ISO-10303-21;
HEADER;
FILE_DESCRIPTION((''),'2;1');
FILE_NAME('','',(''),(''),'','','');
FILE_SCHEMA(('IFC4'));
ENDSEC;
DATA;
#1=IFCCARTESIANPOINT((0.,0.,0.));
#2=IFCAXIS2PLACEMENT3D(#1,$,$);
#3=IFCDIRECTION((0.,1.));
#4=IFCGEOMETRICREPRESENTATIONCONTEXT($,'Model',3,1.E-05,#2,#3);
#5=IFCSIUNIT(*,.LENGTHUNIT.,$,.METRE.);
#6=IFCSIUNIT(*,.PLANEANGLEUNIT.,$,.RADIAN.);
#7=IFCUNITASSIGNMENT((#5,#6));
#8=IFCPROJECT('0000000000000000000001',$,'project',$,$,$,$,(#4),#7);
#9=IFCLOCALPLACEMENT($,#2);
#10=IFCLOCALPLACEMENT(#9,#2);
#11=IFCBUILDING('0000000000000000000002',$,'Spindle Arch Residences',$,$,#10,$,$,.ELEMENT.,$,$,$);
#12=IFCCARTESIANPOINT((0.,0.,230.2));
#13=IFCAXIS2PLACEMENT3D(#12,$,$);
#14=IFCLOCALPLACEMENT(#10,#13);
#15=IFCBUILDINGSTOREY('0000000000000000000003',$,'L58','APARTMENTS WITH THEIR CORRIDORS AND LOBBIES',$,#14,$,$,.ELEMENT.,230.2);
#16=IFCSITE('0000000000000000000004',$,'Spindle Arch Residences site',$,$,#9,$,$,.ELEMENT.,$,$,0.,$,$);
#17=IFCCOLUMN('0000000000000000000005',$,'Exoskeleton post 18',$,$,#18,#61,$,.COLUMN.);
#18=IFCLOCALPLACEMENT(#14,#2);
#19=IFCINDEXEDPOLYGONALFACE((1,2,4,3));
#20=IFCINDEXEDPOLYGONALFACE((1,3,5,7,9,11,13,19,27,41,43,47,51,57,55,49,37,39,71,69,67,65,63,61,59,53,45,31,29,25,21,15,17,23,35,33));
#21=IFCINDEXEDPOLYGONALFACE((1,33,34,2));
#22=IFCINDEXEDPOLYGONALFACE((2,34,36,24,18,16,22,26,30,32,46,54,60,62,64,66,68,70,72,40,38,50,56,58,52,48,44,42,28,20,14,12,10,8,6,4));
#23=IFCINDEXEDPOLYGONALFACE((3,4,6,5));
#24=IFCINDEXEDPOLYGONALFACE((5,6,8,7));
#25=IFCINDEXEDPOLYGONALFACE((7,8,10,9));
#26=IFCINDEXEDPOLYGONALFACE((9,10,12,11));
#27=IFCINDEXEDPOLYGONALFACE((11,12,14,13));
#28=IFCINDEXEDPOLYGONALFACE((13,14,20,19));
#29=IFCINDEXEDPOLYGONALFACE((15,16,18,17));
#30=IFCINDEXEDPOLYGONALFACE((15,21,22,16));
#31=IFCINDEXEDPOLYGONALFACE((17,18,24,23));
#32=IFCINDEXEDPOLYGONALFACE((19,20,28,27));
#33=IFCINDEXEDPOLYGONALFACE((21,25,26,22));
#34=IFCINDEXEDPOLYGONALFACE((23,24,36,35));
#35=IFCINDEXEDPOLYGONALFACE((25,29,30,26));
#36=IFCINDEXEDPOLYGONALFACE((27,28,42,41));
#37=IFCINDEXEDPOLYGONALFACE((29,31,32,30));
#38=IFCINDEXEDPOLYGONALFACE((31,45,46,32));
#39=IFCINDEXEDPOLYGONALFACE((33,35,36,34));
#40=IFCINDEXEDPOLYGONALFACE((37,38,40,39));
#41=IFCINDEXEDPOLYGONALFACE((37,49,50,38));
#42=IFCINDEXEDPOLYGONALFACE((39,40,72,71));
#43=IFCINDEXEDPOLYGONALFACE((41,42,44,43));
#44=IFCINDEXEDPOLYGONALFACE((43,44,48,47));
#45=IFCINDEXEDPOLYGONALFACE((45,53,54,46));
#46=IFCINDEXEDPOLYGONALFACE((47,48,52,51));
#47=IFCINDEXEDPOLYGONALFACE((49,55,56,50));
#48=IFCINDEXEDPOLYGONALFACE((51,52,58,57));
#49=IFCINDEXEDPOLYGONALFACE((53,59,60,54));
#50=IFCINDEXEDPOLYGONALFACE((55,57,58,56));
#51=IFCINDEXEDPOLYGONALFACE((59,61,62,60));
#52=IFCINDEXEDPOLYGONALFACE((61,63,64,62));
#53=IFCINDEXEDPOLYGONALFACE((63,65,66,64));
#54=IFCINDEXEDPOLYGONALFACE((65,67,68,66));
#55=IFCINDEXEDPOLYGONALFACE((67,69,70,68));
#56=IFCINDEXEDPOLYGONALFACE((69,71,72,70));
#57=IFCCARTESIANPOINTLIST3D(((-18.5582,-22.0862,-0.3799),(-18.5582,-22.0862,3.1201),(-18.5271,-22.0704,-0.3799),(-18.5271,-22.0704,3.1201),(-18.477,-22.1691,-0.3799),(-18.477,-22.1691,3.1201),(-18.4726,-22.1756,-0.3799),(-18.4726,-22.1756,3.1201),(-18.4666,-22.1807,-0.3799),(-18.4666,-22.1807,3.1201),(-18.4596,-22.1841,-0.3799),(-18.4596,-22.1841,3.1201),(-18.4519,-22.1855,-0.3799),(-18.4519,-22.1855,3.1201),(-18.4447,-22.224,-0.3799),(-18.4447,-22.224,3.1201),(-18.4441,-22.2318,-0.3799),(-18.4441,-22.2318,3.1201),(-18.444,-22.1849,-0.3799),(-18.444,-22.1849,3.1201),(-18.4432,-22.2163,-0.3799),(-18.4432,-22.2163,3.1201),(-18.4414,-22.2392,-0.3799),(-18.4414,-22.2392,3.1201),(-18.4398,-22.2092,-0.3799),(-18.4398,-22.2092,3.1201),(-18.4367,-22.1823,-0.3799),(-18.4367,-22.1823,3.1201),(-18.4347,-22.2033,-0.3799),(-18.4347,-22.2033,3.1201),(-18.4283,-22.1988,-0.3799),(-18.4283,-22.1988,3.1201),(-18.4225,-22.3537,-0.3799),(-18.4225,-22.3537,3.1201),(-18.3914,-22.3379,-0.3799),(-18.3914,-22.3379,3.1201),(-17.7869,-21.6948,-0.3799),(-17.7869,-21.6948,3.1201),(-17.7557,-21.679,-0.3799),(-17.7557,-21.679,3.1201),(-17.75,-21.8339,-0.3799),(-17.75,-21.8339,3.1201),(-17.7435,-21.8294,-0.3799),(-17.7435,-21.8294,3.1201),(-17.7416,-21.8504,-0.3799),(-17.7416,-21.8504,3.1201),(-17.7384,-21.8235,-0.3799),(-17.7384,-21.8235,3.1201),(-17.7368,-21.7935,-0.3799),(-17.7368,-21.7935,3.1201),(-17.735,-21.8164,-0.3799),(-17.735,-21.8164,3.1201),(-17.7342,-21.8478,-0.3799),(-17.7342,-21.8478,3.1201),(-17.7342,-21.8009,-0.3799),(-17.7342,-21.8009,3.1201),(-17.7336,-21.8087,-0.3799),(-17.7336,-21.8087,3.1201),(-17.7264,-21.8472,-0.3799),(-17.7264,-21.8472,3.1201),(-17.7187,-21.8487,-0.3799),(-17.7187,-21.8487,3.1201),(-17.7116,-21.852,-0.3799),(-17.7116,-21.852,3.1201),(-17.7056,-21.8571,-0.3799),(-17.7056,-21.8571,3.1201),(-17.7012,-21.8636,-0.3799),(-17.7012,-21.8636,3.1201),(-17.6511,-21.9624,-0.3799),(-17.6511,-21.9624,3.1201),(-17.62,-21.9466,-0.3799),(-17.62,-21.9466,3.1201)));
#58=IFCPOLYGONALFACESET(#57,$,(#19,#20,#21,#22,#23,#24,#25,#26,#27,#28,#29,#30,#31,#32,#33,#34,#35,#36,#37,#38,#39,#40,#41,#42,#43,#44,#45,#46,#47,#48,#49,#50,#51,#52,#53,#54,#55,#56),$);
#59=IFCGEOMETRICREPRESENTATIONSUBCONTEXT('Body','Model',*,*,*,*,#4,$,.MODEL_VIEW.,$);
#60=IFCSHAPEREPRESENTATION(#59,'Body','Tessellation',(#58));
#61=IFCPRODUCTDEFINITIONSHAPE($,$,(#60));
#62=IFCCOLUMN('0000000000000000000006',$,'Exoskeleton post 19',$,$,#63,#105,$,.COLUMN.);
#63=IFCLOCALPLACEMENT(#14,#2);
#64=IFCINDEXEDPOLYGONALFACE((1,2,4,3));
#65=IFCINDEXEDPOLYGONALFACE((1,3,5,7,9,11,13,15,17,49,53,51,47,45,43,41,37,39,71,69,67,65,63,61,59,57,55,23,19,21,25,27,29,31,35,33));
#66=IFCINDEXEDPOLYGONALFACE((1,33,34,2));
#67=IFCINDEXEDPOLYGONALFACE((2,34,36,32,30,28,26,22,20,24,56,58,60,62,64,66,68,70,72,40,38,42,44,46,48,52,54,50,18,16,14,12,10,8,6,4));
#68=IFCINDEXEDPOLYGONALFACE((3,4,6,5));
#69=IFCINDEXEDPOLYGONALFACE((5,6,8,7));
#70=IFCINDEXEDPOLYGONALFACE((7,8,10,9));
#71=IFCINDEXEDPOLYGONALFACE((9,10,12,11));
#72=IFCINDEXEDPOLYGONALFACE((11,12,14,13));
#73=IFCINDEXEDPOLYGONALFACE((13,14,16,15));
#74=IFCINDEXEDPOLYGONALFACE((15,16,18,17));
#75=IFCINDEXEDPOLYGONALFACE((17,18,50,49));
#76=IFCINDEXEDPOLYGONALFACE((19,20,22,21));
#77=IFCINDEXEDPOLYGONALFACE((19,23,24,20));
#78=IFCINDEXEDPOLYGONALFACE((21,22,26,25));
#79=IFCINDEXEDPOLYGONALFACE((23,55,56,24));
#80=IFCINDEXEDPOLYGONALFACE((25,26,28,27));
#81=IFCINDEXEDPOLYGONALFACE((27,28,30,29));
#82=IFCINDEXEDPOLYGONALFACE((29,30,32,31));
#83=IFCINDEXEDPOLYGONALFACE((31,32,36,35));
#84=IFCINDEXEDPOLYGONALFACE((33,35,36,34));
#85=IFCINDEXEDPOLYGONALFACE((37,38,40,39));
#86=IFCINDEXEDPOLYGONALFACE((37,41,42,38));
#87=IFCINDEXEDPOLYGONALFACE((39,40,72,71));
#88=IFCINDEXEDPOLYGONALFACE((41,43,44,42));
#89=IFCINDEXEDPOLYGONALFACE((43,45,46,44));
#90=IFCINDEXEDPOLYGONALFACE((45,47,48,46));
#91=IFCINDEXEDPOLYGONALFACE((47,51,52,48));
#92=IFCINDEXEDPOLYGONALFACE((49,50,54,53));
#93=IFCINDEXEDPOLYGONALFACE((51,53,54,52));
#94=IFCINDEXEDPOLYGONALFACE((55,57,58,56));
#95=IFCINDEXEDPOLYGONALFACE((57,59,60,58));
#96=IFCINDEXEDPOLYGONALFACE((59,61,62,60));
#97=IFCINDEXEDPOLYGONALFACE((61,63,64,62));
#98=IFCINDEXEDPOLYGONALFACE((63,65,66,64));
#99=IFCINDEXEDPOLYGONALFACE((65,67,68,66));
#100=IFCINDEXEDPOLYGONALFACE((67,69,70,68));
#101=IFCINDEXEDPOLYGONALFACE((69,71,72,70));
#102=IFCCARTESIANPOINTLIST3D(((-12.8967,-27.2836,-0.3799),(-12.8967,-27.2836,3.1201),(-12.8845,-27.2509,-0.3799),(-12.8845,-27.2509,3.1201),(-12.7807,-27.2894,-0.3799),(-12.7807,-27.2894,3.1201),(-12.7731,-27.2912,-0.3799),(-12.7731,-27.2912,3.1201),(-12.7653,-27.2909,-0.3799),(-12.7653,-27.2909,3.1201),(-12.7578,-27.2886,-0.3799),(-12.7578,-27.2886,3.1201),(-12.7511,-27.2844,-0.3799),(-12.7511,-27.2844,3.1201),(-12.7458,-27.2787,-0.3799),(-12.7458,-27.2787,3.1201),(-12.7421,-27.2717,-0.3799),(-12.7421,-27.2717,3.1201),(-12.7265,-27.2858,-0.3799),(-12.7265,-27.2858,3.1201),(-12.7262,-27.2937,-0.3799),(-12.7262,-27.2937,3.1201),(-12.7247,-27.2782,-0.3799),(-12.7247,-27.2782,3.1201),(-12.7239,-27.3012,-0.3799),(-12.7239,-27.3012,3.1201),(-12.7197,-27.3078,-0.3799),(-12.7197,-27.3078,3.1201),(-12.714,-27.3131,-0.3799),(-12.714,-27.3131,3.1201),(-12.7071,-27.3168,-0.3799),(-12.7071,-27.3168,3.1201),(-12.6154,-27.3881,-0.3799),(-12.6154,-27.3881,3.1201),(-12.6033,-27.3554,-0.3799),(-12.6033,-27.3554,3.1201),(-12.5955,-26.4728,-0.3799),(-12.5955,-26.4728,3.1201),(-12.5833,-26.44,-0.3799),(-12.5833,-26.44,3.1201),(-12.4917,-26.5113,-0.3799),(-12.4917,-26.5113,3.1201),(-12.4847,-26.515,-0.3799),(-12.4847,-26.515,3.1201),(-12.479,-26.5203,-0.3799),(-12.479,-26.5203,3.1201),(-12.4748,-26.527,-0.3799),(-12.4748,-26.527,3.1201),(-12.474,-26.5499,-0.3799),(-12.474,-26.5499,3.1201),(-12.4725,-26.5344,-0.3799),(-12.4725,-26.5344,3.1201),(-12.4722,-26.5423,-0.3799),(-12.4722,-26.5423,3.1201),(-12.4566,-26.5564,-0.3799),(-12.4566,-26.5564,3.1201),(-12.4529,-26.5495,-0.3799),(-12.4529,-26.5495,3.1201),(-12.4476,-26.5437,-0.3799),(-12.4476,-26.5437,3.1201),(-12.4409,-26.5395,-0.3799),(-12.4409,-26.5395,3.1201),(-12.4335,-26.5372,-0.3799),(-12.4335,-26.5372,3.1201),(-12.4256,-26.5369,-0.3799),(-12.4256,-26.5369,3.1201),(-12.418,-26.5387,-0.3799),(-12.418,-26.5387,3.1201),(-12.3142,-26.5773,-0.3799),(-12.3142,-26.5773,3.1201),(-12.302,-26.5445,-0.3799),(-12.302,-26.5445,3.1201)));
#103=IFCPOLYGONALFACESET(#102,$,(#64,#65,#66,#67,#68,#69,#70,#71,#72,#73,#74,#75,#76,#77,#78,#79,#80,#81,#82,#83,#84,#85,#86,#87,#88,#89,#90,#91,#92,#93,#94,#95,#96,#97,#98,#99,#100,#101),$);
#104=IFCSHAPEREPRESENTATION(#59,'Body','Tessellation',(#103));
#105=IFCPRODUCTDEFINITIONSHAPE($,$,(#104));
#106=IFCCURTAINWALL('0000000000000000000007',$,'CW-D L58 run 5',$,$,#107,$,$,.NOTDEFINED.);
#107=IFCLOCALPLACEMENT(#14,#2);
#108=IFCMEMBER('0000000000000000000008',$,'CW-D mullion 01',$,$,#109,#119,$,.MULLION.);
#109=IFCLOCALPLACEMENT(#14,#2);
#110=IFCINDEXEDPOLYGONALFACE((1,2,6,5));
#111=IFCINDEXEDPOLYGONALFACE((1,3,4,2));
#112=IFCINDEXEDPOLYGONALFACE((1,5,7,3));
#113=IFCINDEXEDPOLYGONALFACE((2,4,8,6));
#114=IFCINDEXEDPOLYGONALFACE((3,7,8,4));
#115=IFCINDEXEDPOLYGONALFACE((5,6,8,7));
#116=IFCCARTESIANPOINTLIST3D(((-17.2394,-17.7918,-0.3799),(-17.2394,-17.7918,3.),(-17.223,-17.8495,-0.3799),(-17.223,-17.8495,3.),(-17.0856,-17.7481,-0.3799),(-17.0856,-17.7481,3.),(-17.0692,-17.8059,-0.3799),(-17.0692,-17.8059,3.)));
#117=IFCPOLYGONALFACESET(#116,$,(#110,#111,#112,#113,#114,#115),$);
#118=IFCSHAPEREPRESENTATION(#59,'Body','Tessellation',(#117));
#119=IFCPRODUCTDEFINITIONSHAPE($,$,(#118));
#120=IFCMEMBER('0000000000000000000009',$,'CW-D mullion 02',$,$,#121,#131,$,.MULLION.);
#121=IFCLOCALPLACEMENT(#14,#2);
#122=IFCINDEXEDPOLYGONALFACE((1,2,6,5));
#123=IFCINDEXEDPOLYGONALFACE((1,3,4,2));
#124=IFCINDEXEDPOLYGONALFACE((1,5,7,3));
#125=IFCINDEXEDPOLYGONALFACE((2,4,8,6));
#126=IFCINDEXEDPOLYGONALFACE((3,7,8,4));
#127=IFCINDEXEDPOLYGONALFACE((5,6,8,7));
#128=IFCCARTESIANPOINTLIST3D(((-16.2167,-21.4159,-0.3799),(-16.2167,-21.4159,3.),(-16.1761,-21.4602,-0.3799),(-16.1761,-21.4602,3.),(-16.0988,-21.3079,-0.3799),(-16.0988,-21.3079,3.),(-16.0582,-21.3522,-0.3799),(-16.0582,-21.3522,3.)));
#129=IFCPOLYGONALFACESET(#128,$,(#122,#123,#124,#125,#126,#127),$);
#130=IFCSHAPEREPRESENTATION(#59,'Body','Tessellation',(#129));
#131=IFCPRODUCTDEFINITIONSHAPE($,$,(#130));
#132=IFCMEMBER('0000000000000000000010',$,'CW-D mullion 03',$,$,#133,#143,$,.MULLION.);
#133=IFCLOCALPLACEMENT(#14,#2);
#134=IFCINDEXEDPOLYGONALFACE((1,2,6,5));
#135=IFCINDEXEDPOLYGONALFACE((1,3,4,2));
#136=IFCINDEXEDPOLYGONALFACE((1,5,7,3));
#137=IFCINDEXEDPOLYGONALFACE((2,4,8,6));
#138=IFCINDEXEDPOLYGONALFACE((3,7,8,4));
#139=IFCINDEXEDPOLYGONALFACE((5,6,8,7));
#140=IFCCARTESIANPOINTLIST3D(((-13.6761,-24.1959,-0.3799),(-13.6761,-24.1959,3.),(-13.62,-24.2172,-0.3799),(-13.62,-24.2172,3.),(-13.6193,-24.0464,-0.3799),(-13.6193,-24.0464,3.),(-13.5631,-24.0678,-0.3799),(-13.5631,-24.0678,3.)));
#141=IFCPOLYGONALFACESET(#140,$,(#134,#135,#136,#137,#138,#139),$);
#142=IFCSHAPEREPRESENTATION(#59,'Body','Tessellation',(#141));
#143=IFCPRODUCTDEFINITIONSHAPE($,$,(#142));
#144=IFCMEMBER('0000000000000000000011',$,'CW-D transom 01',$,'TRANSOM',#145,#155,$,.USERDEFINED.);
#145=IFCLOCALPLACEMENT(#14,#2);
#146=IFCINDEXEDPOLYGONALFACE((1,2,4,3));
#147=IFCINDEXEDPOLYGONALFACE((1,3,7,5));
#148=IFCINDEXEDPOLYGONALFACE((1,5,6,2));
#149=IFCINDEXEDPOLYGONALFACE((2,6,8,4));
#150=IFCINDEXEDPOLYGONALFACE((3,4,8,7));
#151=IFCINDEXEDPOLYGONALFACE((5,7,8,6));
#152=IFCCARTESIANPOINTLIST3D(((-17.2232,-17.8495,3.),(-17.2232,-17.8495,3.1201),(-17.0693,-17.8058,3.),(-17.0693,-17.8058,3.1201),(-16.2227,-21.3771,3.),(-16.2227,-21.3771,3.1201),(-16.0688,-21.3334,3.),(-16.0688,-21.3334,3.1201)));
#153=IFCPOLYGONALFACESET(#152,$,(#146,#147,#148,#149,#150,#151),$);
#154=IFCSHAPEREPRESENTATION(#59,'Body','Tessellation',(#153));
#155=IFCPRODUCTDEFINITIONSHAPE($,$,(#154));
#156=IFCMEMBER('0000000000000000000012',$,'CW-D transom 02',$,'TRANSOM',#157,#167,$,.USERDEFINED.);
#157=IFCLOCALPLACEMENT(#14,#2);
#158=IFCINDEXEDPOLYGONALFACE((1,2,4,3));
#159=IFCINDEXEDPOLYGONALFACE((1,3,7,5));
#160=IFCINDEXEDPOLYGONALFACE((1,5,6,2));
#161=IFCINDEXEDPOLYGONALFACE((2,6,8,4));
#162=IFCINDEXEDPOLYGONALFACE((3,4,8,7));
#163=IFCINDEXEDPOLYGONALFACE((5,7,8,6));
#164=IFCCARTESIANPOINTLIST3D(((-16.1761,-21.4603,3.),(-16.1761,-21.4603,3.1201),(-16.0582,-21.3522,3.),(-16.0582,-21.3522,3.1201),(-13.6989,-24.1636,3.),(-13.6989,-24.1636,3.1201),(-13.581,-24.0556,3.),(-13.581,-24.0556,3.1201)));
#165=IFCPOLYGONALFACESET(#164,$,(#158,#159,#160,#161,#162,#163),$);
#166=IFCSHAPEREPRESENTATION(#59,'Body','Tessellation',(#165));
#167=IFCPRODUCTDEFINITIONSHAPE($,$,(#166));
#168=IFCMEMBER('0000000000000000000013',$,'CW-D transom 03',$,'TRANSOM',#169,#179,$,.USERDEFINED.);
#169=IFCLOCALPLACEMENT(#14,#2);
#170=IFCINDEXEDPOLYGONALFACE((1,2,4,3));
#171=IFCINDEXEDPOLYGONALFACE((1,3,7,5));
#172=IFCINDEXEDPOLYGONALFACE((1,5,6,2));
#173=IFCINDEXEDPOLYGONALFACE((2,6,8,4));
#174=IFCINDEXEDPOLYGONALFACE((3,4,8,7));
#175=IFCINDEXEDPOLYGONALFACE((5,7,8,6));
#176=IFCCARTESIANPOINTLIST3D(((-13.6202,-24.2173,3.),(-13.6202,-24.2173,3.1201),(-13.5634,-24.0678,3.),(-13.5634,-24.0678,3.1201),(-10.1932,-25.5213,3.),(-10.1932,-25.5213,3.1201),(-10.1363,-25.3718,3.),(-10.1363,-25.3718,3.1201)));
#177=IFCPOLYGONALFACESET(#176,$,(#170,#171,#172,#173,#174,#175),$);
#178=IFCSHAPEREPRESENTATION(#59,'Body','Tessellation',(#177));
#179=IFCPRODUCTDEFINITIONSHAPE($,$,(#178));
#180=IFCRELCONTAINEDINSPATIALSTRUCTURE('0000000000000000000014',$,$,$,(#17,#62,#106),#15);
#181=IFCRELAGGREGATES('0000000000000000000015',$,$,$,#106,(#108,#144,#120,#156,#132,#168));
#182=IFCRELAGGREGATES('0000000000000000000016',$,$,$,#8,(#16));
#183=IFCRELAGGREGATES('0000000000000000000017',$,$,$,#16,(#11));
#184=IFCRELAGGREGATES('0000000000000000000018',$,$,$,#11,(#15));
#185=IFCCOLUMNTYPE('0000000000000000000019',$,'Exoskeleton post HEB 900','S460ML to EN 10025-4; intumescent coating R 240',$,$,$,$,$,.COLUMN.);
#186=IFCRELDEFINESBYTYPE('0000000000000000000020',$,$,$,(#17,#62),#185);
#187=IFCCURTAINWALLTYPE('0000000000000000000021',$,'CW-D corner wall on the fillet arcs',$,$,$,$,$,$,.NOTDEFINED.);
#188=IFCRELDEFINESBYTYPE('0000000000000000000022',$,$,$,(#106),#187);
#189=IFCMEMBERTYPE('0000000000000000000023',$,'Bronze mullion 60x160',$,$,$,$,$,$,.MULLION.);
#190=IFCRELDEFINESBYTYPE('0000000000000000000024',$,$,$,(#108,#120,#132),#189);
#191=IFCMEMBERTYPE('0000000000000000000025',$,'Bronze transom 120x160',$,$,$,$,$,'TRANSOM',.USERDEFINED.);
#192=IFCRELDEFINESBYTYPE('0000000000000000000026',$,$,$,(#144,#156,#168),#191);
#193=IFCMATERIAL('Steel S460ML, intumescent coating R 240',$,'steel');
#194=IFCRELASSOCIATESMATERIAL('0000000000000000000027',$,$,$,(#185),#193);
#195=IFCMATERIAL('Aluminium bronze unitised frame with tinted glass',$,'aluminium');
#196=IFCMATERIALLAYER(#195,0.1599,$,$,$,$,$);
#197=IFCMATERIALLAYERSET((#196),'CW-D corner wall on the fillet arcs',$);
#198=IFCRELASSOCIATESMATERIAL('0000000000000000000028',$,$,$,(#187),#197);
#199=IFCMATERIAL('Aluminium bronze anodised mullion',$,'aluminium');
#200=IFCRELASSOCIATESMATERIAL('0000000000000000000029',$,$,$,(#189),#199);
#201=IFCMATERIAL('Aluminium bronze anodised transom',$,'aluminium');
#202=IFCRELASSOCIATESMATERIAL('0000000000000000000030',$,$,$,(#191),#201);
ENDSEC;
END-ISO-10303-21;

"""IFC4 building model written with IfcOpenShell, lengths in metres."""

from ifc_helpers import new_model, si_unit, direction, frame, origin, origin_2d, place, context, subcontext, project, spatial, rectangle, i_section, extrude, material, layer, layer_set, material_profile, profile_set, type_object, element, aggregate, save


model = new_model("IFC4")

# Units and contexts
model_context = context("Model", 3, precision=1e-05, world=origin(), true_north=direction((0.0, 1.0)))
body_context = subcontext(model_context, "Body", "Model", "MODEL_VIEW")
ifc_project = project(units=[si_unit("LENGTHUNIT", "METRE"), si_unit("PLANEANGLEUNIT", "RADIAN")], contexts=[model_context])

# Site, building, storey
site_placement = place(None, origin())
site = spatial("IfcSite", under=ifc_project, at=site_placement, Name="Spindle Arch Residences site", CompositionType="ELEMENT", RefElevation=0.0)
building_placement = place(site_placement, origin())
building = spatial("IfcBuilding", under=site, at=building_placement, Name="Spindle Arch Residences", CompositionType="ELEMENT")
storey_placement = place(building_placement, frame((0.0, 0.0, 230.2)))
storey = spatial("IfcBuildingStorey", under=building, at=storey_placement, Name="L58", Description="APARTMENTS WITH THEIR CORRIDORS AND LOBBIES", CompositionType="ELEMENT", Elevation=230.2)

# Columns
ifc_material_1 = material(Name="Steel S460ML, intumescent coating R 240", Category="steel")
ifc_material_profile_1 = material_profile(ifc_material_1, i_section(OverallWidth=0.3, OverallDepth=0.8999, WebThickness=0.0186, FlangeThickness=0.0349, FilletRadius=0.03, at=origin_2d()), Name="HEB 900")
ifc_profile_set_1 = profile_set([ifc_material_profile_1], Name="Steel S460ML, intumescent coating R 240")
column_type = type_object("IfcColumnType", Name="Exoskeleton post HEB 900", Description="S460ML to EN 10025-4; intumescent coating R 240", PredefinedType="COLUMN", material=ifc_profile_set_1)
for number, where, z_axis, x_axis, name in (
    (1, (-18.0891, -22.0164, -0.3799), (0.0, 0.0, 1.0), (-0.452474, 0.891778, 0.0), "Exoskeleton post 18"),
    (2, (-12.5994, -26.9141, -0.3799), (0.0, 0.0, 1.0), (-0.937401, 0.348253, 0.0), "Exoskeleton post 19"),
):
    element("IfcColumn", number, at=place(storey_placement, frame(where, z_axis=z_axis, x_axis=x_axis)), inside=storey, type_object=column_type, Name=name, PredefinedType="COLUMN", context=body_context, shape_type="SweptSolid", body=[
        extrude(i_section(OverallWidth=0.3, OverallDepth=0.8999, WebThickness=0.0186, FlangeThickness=0.0349, FilletRadius=0.03, at=origin_2d()), origin(), (0.0, 0.0, 1.0), 3.5),
    ])

# Curtain wall, members
ifc_material_2 = material(Name="Aluminium bronze unitised frame with tinted glass", Category="aluminium")
ifc_layer_1 = layer(ifc_material_2, 0.1599)
ifc_layer_set_1 = layer_set([ifc_layer_1], Name="CW-D corner wall on the fillet arcs")
curtain_wall_type = type_object("IfcCurtainWallType", Name="CW-D corner wall on the fillet arcs", PredefinedType="NOTDEFINED", material=ifc_layer_set_1)
curtain_wall_placement = place(storey_placement, origin())
curtain_wall = element("IfcCurtainWall", 3, at=curtain_wall_placement, inside=storey, type_object=curtain_wall_type, Name="CW-D L58 run 5", PredefinedType="NOTDEFINED")
ifc_material_3 = material(Name="Aluminium bronze anodised mullion", Category="aluminium")
ifc_material_profile_2 = material_profile(ifc_material_3, rectangle(XDim=0.1599, YDim=0.0601, at=origin_2d()), Name="MU 60x160")
ifc_profile_set_2 = profile_set([ifc_material_profile_2], Name="Aluminium bronze anodised mullion")
member_type_1 = type_object("IfcMemberType", Name="Bronze mullion 60x160", PredefinedType="MULLION", material=ifc_profile_set_2)
member_1_placement = place(storey_placement, frame((-17.1543, -17.7988, -0.3799), z_axis=(0.0, 0.0, 1.0), x_axis=(0.962059, 0.27284, 0.0)))
member_1 = element("IfcMember", 4, at=member_1_placement, type_object=member_type_1, Name="CW-D mullion 01", PredefinedType="MULLION", context=body_context, shape_type="SweptSolid", body=[
    extrude(rectangle(XDim=0.1599, YDim=0.0601, at=origin_2d()), origin(), (0.0, 0.0, 1.0), 3.3799),
])
member_2_placement = place(storey_placement, frame((-16.1375, -21.384, -0.3799), z_axis=(0.0, 0.0, 1.0), x_axis=(0.737277, 0.67559, 0.0)))
member_2 = element("IfcMember", 5, at=member_2_placement, type_object=member_type_1, Name="CW-D mullion 02", PredefinedType="MULLION", context=body_context, shape_type="SweptSolid", body=[
    extrude(rectangle(XDim=0.1599, YDim=0.0601, at=origin_2d()), origin(), (0.0, 0.0, 1.0), 3.3799),
])
member_3_placement = place(storey_placement, frame((-13.6196, -24.1318, -0.3799), z_axis=(0.0, 0.0, 1.0), x_axis=(0.355651, 0.934619, 0.0)))
member_3 = element("IfcMember", 6, at=member_3_placement, type_object=member_type_1, Name="CW-D mullion 03", PredefinedType="MULLION", context=body_context, shape_type="SweptSolid", body=[
    extrude(rectangle(XDim=0.1599, YDim=0.0601, at=origin_2d()), origin(), (0.0, 0.0, 1.0), 3.3799),
])
ifc_material_4 = material(Name="Aluminium bronze anodised transom", Category="aluminium")
ifc_material_profile_3 = material_profile(ifc_material_4, rectangle(XDim=0.1599, YDim=0.1201, at=origin_2d()), Name="TR 120x160")
ifc_profile_set_3 = profile_set([ifc_material_profile_3], Name="Aluminium bronze anodised transom")
member_type_2 = type_object("IfcMemberType", Name="Bronze transom 120x160", ElementType="TRANSOM", PredefinedType="USERDEFINED", material=ifc_profile_set_3)
member_4_placement = place(storey_placement, frame((-17.1462, -17.8276, 3.0601), z_axis=(0.272856, -0.962055, 0.0), x_axis=(0.962055, 0.272856, 0.0)))
member_4 = element("IfcMember", 7, at=member_4_placement, type_object=member_type_2, Name="CW-D transom 01", ObjectType="TRANSOM", PredefinedType="USERDEFINED", context=body_context, shape_type="SweptSolid", body=[
    extrude(rectangle(XDim=0.1599, YDim=0.1201, at=origin_2d()), origin(), (0.0, 0.0, 1.0), 3.6667),
])
member_5_placement = place(storey_placement, frame((-16.1172, -21.4062, 3.0601), z_axis=(0.675607, -0.737262, 0.0), x_axis=(0.737262, 0.675607, 0.0)))
member_5 = element("IfcMember", 8, at=member_5_placement, type_object=member_type_2, Name="CW-D transom 02", ObjectType="TRANSOM", PredefinedType="USERDEFINED", context=body_context, shape_type="SweptSolid", body=[
    extrude(rectangle(XDim=0.1599, YDim=0.1201, at=origin_2d()), origin(), (0.0, 0.0, 1.0), 3.6667),
])
member_6_placement = place(storey_placement, frame((-13.5918, -24.1426, 3.0601), z_axis=(0.93463, -0.355622, 0.0), x_axis=(0.355622, 0.93463, 0.0)))
member_6 = element("IfcMember", 9, at=member_6_placement, type_object=member_type_2, Name="CW-D transom 03", ObjectType="TRANSOM", PredefinedType="USERDEFINED", context=body_context, shape_type="SweptSolid", body=[
    extrude(rectangle(XDim=0.1599, YDim=0.1201, at=origin_2d()), origin(), (0.0, 0.0, 1.0), 3.6667),
])

aggregate(curtain_wall, [member_1, member_4, member_2, member_5, member_3, member_6])

save(model, "model.ifc")
